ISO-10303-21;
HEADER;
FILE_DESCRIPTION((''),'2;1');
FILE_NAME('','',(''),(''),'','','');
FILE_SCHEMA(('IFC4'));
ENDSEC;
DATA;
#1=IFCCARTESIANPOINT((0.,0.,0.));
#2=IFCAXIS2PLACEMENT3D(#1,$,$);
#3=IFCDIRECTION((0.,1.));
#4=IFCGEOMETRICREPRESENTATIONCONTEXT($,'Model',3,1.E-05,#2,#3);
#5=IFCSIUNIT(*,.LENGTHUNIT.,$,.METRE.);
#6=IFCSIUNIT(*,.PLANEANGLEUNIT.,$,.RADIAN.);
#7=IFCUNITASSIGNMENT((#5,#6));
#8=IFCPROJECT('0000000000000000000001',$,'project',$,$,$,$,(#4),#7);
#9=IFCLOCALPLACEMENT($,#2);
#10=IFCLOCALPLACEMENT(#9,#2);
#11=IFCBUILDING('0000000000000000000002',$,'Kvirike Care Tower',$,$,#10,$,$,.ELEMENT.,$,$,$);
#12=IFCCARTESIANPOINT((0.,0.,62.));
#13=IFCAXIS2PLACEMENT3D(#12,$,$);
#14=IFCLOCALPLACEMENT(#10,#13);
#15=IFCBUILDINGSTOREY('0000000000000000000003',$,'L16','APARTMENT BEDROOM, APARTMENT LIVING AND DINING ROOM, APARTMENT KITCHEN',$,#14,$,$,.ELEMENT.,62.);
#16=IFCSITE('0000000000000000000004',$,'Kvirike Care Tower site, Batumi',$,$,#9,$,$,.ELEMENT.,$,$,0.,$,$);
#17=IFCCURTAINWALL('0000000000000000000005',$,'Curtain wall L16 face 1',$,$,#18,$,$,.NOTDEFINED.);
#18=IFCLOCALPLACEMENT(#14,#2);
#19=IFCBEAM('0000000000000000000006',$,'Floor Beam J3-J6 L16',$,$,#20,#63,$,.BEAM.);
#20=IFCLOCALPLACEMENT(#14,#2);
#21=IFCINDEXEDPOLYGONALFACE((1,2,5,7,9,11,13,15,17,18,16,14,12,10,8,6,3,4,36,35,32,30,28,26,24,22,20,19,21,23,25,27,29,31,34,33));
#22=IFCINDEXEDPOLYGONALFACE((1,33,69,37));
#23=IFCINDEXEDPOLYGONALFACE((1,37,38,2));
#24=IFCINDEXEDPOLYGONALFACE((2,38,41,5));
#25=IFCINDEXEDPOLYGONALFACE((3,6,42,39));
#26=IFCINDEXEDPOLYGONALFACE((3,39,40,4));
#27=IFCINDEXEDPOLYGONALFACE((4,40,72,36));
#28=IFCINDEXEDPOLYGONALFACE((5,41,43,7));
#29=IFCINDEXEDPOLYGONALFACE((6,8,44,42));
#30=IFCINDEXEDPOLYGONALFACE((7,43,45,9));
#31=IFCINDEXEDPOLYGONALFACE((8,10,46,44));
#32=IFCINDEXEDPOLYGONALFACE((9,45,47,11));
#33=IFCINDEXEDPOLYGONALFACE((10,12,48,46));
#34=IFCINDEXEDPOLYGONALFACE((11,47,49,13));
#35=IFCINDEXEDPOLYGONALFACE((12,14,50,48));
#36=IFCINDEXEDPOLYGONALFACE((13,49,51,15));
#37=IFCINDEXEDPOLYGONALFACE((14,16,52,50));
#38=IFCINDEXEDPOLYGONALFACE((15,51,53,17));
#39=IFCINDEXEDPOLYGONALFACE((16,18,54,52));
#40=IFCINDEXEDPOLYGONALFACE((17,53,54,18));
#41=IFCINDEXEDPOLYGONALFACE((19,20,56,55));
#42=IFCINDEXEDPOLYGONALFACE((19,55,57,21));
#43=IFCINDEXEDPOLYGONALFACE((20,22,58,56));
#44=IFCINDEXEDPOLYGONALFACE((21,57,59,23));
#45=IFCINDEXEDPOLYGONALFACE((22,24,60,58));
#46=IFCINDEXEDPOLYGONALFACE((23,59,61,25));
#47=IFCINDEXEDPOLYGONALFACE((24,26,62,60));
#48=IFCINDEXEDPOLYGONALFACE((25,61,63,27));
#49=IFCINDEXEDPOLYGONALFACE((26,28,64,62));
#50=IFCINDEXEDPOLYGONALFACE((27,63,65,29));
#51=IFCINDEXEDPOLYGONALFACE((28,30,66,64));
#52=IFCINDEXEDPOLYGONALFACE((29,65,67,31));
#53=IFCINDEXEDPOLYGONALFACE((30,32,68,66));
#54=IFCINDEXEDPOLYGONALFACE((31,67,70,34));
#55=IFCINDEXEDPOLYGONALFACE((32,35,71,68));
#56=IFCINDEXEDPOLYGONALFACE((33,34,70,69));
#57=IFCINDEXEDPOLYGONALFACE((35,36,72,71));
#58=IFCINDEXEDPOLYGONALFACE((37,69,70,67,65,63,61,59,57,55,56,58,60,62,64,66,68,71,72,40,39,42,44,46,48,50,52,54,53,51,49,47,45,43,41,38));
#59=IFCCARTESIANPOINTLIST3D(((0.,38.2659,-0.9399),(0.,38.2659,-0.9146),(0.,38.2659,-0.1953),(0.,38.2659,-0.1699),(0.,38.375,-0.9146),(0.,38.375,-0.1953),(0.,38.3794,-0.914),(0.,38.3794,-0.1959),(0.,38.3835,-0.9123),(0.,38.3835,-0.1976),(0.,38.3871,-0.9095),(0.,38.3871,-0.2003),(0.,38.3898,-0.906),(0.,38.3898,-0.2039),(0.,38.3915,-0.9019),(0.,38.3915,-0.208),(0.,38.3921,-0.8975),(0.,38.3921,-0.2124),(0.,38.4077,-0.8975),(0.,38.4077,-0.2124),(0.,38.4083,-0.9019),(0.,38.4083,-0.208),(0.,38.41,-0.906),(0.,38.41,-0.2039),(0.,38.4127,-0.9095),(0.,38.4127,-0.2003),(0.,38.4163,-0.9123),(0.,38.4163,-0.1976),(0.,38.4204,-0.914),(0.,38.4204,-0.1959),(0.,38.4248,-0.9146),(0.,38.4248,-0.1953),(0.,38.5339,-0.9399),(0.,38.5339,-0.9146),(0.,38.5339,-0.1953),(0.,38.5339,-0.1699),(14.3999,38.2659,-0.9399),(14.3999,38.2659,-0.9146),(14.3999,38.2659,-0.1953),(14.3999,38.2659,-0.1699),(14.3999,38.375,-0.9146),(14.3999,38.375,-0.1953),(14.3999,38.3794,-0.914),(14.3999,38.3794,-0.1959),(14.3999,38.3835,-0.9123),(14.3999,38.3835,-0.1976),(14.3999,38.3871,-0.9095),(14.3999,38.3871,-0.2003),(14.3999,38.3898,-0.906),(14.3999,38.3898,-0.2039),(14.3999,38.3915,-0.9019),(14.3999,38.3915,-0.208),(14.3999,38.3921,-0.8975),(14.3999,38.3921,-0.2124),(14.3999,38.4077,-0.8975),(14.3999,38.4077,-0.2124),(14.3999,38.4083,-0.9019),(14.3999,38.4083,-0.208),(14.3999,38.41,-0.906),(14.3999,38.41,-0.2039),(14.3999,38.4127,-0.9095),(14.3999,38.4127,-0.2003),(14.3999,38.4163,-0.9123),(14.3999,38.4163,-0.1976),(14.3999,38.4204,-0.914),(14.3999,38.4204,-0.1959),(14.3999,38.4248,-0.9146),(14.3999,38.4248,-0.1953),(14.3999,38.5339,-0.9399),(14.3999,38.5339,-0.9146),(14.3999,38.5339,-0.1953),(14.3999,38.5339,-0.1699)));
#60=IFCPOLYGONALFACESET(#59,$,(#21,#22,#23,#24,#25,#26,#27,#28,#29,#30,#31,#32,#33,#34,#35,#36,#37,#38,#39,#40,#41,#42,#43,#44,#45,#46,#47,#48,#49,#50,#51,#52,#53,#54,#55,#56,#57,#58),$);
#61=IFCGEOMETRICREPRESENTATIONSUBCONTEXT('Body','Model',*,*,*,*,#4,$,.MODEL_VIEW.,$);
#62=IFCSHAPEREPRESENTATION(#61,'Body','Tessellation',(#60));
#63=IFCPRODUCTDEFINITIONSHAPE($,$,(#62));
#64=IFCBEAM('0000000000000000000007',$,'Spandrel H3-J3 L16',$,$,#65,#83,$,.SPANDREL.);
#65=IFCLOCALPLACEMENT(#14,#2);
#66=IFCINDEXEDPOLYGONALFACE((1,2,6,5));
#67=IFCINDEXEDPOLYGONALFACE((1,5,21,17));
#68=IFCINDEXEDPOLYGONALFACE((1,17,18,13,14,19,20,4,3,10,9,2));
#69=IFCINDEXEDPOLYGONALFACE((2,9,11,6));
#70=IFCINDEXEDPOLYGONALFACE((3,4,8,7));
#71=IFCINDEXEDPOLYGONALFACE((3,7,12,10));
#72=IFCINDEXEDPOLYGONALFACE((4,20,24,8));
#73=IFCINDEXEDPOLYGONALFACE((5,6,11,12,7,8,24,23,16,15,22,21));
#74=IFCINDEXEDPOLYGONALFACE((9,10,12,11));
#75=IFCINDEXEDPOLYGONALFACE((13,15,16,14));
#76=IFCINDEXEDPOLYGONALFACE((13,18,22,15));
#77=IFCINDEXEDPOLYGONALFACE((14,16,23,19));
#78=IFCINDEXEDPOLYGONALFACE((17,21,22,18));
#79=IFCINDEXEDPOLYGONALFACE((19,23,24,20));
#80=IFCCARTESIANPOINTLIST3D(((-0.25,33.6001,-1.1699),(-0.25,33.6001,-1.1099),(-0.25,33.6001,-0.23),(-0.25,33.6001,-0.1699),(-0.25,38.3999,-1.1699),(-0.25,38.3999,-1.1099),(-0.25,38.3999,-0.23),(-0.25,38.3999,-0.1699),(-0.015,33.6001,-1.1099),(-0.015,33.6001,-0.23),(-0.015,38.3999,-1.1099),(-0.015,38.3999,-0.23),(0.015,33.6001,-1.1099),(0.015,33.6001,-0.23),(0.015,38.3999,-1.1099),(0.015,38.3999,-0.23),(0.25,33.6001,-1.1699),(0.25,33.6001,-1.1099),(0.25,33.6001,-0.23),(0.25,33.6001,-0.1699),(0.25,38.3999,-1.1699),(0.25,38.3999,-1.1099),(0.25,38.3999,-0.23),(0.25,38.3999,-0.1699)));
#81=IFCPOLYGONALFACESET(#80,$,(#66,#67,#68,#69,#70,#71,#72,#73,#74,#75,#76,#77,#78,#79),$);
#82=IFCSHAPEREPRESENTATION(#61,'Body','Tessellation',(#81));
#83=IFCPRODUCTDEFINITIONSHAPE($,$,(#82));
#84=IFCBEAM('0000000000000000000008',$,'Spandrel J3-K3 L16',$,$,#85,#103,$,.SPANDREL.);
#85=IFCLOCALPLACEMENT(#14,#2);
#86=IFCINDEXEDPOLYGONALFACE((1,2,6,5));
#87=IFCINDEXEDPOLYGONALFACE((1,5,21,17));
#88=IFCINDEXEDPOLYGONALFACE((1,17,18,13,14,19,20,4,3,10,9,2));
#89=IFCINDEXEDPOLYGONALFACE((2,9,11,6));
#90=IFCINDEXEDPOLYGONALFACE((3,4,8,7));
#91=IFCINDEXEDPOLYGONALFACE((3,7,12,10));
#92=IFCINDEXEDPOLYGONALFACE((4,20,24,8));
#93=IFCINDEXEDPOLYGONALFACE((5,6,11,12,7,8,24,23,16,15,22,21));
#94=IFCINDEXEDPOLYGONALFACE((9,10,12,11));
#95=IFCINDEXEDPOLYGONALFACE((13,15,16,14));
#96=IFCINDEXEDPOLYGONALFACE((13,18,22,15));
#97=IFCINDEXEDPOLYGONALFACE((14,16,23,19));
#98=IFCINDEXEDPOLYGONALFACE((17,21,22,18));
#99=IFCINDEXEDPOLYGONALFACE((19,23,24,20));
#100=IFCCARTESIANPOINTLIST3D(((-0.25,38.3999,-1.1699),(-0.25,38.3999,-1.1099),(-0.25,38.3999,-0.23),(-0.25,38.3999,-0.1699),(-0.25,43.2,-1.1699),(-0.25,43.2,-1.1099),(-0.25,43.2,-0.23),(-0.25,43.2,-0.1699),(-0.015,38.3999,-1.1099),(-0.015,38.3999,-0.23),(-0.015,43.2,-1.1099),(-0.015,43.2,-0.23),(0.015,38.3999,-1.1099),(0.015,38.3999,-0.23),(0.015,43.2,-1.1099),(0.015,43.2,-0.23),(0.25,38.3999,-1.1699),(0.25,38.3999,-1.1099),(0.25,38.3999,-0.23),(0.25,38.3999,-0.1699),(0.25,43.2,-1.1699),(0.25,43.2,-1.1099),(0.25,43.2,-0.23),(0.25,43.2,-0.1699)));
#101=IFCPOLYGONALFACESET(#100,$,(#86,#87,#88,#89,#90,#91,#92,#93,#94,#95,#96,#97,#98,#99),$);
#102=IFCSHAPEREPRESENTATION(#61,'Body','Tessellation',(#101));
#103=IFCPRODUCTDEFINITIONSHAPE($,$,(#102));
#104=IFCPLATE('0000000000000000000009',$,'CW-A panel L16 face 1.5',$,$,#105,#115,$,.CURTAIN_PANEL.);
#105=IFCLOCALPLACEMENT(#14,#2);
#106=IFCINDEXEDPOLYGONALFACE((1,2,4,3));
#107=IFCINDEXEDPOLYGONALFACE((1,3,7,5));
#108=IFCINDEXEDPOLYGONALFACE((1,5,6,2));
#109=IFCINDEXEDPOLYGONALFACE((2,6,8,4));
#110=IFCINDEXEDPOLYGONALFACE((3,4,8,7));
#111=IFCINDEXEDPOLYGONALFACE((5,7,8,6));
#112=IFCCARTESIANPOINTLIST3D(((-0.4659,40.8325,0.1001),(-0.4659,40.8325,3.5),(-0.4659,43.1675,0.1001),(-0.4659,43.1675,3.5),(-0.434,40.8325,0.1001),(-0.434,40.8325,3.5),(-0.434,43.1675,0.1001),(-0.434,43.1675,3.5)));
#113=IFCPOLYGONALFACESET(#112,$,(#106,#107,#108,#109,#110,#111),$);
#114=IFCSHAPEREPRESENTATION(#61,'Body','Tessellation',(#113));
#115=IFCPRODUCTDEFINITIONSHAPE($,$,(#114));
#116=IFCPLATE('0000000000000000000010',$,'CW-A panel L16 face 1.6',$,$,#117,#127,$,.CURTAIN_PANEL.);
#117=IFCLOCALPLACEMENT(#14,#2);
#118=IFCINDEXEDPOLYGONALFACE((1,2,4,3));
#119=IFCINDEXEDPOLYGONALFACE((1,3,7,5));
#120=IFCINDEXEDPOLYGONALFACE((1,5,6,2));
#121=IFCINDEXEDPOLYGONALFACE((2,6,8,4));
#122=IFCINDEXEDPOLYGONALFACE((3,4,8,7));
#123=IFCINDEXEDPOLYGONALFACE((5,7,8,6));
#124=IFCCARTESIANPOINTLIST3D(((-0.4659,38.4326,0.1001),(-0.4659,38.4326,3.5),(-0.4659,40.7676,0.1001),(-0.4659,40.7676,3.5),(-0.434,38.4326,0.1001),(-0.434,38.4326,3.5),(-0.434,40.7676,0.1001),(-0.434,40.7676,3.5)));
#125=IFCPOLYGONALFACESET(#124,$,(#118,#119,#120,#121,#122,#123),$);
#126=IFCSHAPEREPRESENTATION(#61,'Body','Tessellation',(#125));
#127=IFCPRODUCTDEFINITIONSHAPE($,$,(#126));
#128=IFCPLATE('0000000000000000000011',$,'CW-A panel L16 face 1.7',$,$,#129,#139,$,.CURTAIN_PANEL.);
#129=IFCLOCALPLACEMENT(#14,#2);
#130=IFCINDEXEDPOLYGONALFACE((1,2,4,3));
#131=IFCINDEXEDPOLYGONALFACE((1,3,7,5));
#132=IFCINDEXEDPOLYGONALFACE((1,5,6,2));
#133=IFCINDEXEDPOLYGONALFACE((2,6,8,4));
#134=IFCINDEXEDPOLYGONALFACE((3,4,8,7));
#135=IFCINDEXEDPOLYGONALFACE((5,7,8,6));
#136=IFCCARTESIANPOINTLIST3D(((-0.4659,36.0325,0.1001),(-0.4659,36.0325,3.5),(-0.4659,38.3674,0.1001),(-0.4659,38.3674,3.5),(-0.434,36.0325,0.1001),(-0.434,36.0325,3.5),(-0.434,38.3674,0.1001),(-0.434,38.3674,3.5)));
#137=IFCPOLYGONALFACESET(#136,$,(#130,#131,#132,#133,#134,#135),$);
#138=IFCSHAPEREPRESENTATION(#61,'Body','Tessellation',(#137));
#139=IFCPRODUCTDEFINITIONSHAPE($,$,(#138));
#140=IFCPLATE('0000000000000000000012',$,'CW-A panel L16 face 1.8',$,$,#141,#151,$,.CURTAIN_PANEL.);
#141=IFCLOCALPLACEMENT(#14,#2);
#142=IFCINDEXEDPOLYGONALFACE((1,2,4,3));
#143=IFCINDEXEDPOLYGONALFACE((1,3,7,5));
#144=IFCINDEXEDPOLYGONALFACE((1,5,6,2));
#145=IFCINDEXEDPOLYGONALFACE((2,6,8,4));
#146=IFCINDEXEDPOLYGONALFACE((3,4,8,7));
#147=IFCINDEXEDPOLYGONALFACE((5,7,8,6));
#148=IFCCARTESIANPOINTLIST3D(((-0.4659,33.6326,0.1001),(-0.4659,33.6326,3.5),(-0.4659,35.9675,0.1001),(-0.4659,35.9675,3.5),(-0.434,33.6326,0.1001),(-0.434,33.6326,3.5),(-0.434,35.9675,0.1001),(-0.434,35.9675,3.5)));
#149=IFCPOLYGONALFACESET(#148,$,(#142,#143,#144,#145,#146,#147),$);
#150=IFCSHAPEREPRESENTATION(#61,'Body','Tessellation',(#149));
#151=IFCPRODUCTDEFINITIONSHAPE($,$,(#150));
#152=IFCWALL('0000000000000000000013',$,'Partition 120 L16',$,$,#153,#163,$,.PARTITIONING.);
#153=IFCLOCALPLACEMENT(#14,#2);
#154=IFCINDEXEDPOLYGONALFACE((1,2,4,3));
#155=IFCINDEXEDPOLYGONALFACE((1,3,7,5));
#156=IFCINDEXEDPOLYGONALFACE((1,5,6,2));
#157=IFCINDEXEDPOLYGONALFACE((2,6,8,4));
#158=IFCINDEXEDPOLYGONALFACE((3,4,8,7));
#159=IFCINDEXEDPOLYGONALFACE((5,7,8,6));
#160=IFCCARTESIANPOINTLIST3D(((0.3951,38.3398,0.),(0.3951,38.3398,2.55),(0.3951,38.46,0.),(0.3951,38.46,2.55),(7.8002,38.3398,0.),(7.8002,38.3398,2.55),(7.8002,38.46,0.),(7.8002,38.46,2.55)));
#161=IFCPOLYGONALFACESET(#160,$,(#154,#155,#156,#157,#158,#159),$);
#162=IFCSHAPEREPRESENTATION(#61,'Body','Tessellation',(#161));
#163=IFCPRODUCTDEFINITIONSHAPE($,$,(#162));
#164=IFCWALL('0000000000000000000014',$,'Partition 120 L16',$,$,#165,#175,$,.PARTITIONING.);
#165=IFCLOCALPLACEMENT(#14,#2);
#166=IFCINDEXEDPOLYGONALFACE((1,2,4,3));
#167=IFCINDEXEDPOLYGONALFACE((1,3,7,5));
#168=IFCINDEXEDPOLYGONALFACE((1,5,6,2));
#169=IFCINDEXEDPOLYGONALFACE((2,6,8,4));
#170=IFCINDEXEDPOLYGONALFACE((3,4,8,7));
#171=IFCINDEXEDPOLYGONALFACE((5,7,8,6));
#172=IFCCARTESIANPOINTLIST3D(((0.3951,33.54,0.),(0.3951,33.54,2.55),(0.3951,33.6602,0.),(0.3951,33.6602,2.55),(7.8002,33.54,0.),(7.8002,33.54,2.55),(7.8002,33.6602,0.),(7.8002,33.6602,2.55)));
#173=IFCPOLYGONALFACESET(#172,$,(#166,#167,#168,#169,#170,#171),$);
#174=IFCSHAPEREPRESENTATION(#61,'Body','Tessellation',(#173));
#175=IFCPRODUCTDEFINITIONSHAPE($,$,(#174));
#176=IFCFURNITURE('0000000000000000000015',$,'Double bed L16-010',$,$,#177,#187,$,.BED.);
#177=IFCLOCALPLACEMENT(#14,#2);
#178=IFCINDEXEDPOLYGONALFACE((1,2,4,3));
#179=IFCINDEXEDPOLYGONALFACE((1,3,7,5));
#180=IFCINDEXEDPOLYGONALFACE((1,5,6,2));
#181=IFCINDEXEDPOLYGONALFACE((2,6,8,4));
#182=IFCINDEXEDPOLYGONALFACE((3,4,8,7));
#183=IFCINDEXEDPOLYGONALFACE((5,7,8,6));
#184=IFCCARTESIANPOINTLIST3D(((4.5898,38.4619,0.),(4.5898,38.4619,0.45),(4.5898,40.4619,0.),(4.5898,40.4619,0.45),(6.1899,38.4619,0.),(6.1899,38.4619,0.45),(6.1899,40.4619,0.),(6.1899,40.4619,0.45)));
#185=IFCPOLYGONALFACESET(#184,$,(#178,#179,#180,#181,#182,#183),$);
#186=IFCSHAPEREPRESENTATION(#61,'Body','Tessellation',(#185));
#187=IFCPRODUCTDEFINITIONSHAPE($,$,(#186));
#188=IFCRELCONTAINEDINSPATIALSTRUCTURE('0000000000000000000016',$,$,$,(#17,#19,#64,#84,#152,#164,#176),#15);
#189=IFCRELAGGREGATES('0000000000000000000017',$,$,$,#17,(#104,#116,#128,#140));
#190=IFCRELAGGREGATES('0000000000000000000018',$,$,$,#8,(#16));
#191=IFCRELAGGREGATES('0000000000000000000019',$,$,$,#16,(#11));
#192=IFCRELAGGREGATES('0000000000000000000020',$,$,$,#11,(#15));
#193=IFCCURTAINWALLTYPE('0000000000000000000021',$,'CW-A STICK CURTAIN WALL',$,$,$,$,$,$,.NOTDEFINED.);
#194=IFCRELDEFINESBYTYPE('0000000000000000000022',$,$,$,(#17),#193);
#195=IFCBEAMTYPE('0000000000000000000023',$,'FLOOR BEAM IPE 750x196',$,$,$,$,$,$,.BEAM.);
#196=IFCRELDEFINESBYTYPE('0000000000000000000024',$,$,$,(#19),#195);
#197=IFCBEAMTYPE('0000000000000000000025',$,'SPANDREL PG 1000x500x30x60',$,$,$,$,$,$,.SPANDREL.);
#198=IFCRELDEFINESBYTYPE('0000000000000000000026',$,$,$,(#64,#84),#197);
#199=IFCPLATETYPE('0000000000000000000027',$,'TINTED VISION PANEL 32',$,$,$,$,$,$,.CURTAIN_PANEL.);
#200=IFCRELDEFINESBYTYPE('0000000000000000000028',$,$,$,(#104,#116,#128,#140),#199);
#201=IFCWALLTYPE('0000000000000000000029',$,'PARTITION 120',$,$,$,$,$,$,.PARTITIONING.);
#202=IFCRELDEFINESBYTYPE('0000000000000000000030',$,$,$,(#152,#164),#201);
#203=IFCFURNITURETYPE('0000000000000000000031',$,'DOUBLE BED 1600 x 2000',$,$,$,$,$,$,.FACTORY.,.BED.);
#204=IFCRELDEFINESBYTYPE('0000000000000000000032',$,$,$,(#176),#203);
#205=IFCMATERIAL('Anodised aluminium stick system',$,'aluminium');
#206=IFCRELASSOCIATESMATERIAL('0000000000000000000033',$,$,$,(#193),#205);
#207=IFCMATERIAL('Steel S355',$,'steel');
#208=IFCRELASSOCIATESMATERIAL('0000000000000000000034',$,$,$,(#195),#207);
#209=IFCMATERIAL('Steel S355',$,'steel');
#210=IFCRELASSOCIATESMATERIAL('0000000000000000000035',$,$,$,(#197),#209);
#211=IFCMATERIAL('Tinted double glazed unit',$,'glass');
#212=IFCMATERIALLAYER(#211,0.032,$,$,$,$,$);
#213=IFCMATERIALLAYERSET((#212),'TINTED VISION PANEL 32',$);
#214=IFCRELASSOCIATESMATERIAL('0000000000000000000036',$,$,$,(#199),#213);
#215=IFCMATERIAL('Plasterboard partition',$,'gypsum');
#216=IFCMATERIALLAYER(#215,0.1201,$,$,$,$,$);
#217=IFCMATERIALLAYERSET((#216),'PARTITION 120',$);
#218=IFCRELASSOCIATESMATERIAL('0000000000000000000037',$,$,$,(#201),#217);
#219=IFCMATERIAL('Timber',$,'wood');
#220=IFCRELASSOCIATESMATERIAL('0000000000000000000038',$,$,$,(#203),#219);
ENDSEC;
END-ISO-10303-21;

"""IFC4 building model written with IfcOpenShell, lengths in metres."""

from ifc_helpers import new_model, si_unit, direction, frame, frame_2d, origin, origin_2d, place, context, subcontext, project, spatial, rectangle, i_section, extrude, material, layer, layer_set, material_profile, profile_set, type_object, element, aggregate, save


model = new_model("IFC4")

# Units and contexts
model_context = context("Model", 3, precision=1e-05, world=origin(), true_north=direction((0.0, 1.0)))
body_context = subcontext(model_context, "Body", "Model", "MODEL_VIEW")
ifc_project = project(units=[si_unit("LENGTHUNIT", "METRE"), si_unit("PLANEANGLEUNIT", "RADIAN")], contexts=[model_context])

# Site, building, storey
site_placement = place(None, origin())
site = spatial("IfcSite", under=ifc_project, at=site_placement, Name="Kvirike Care Tower site, Batumi", CompositionType="ELEMENT", RefElevation=0.0)
building_placement = place(site_placement, origin())
building = spatial("IfcBuilding", under=site, at=building_placement, Name="Kvirike Care Tower", CompositionType="ELEMENT")
storey_placement = place(building_placement, frame((0.0, 0.0, 62.0)))
storey = spatial("IfcBuildingStorey", under=building, at=storey_placement, Name="L16", Description="APARTMENT BEDROOM, APARTMENT LIVING AND DINING ROOM, APARTMENT KITCHEN", CompositionType="ELEMENT", Elevation=62.0)

# Curtain wall
ifc_material_1 = material(Name="Anodised aluminium stick system", Category="aluminium")
curtain_wall_type = type_object("IfcCurtainWallType", Name="CW-A STICK CURTAIN WALL", PredefinedType="NOTDEFINED", material=ifc_material_1)
curtain_wall_placement = place(storey_placement, origin())
curtain_wall = element("IfcCurtainWall", 1, at=curtain_wall_placement, inside=storey, type_object=curtain_wall_type, Name="Curtain wall L16 face 1", PredefinedType="NOTDEFINED")

# Beams
ifc_material_2 = material(Name="Steel S355", Category="steel")
ifc_material_profile_1 = material_profile(ifc_material_2, i_section(OverallWidth=0.2681, OverallDepth=0.77, WebThickness=0.0156, FlangeThickness=0.0254, FilletRadius=0.0171, at=origin_2d()), Name="IPE 750x196")
ifc_profile_set_1 = profile_set([ifc_material_profile_1], Name="Steel S355")
beam_type_1 = type_object("IfcBeamType", Name="FLOOR BEAM IPE 750x196", PredefinedType="BEAM", material=ifc_profile_set_1)
beam_1_placement = place(storey_placement, frame((0.0, 38.3999, -0.5549), z_axis=(1.0, 0.0, 0.0), x_axis=(0.0, 1.0, 0.0)))
element("IfcBeam", 2, at=beam_1_placement, inside=storey, type_object=beam_type_1, Name="Floor Beam J3-J6 L16", PredefinedType="BEAM", context=body_context, shape_type="SweptSolid", body=[
    extrude(i_section(OverallWidth=0.2681, OverallDepth=0.77, WebThickness=0.0156, FlangeThickness=0.0254, FilletRadius=0.0171, at=origin_2d()), origin(), (0.0, 0.0, 1.0), 14.3999),
])
ifc_material_3 = material(Name="Steel S355", Category="steel")
ifc_material_profile_2 = material_profile(ifc_material_3, i_section(OverallWidth=0.5, OverallDepth=1.0, WebThickness=0.03, FlangeThickness=0.0601, at=origin_2d()), Name="PG 1000x500x30x60")
ifc_profile_set_2 = profile_set([ifc_material_profile_2], Name="Steel S355")
beam_type_2 = type_object("IfcBeamType", Name="SPANDREL PG 1000x500x30x60", PredefinedType="SPANDREL", material=ifc_profile_set_2)
beam_2_placement = place(storey_placement, frame((0.0, 33.6001, -0.6699), z_axis=(0.0, 1.0, 0.0), x_axis=(-1.0, 0.0, 0.0)))
element("IfcBeam", 3, at=beam_2_placement, inside=storey, type_object=beam_type_2, Name="Spandrel H3-J3 L16", PredefinedType="SPANDREL", context=body_context, shape_type="SweptSolid", body=[
    extrude(i_section(OverallWidth=0.5, OverallDepth=1.0, WebThickness=0.03, FlangeThickness=0.0601, at=origin_2d()), origin(), (0.0, 0.0, 1.0), 4.7998),
])
beam_3_placement = place(storey_placement, frame((0.0, 38.3999, -0.6699), z_axis=(0.0, 1.0, 0.0), x_axis=(-1.0, 0.0, 0.0)))
element("IfcBeam", 4, at=beam_3_placement, inside=storey, type_object=beam_type_2, Name="Spandrel J3-K3 L16", PredefinedType="SPANDREL", context=body_context, shape_type="SweptSolid", body=[
    extrude(i_section(OverallWidth=0.5, OverallDepth=1.0, WebThickness=0.03, FlangeThickness=0.0601, at=origin_2d()), origin(), (0.0, 0.0, 1.0), 4.8),
])

# Plates
ifc_material_4 = material(Name="Tinted double glazed unit", Category="glass")
ifc_layer_1 = layer(ifc_material_4, 0.032)
ifc_layer_set_1 = layer_set([ifc_layer_1], Name="TINTED VISION PANEL 32")
plate_type = type_object("IfcPlateType", Name="TINTED VISION PANEL 32", PredefinedType="CURTAIN_PANEL", material=ifc_layer_set_1)
plate_1_placement = place(storey_placement, frame((-0.45, 42.0, 0.1001), z_axis=(0.0, 0.0, 1.0), x_axis=(0.0, -1.0, 0.0)))
plate_1 = element("IfcPlate", 5, at=plate_1_placement, type_object=plate_type, Name="CW-A panel L16 face 1.5", PredefinedType="CURTAIN_PANEL", context=body_context, shape_type="SweptSolid", body=[
    extrude(rectangle(XDim=2.335, YDim=0.032, at=origin_2d()), origin(), (0.0, 0.0, 1.0), 3.3999),
])
plate_2_placement = place(storey_placement, frame((-0.45, 39.6001, 0.1001), z_axis=(0.0, 0.0, 1.0), x_axis=(0.0, -1.0, 0.0)))
plate_2 = element("IfcPlate", 6, at=plate_2_placement, type_object=plate_type, Name="CW-A panel L16 face 1.6", PredefinedType="CURTAIN_PANEL", context=body_context, shape_type="SweptSolid", body=[
    extrude(rectangle(XDim=2.335, YDim=0.032, at=origin_2d()), origin(), (0.0, 0.0, 1.0), 3.3999),
])
plate_3_placement = place(storey_placement, frame((-0.45, 37.2, 0.1001), z_axis=(0.0, 0.0, 1.0), x_axis=(0.0, -1.0, 0.0)))
plate_3 = element("IfcPlate", 7, at=plate_3_placement, type_object=plate_type, Name="CW-A panel L16 face 1.7", PredefinedType="CURTAIN_PANEL", context=body_context, shape_type="SweptSolid", body=[
    extrude(rectangle(XDim=2.335, YDim=0.032, at=origin_2d()), origin(), (0.0, 0.0, 1.0), 3.3999),
])
plate_4_placement = place(storey_placement, frame((-0.45, 34.8, 0.1001), z_axis=(0.0, 0.0, 1.0), x_axis=(0.0, -1.0, 0.0)))
plate_4 = element("IfcPlate", 8, at=plate_4_placement, type_object=plate_type, Name="CW-A panel L16 face 1.8", PredefinedType="CURTAIN_PANEL", context=body_context, shape_type="SweptSolid", body=[
    extrude(rectangle(XDim=2.335, YDim=0.032, at=origin_2d()), origin(), (0.0, 0.0, 1.0), 3.3999),
])
aggregate(curtain_wall, [plate_1, plate_2, plate_3, plate_4])

# Walls
ifc_material_5 = material(Name="Plasterboard partition", Category="gypsum")
ifc_layer_2 = layer(ifc_material_5, 0.1201)
ifc_layer_set_2 = layer_set([ifc_layer_2], Name="PARTITION 120")
wall_type = type_object("IfcWallType", Name="PARTITION 120", PredefinedType="PARTITIONING", material=ifc_layer_set_2)
for number, where, z_axis, x_axis, name in (
    (9, (0.395, 38.3999, 0.0), (0.0, 0.0, 1.0), (1.0, 0.0, 0.0), "Partition 120 L16"),
    (10, (0.395, 33.6001, 0.0), (0.0, 0.0, 1.0), (1.0, 0.0, 0.0), "Partition 120 L16"),
):
    element("IfcWall", number, at=place(storey_placement, frame(where, z_axis=z_axis, x_axis=x_axis)), inside=storey, type_object=wall_type, Name=name, PredefinedType="PARTITIONING", context=body_context, shape_type="SweptSolid", body=[
        extrude(rectangle(XDim=7.405, YDim=0.1201, at=frame_2d((3.7026, 0.0))), origin(), (0.0, 0.0, 1.0), 2.55),
    ])

# Furniture
ifc_material_6 = material(Name="Timber", Category="wood")
furniture_type = type_object("IfcFurnitureType", Name="DOUBLE BED 1600 x 2000", AssemblyPlace="FACTORY", PredefinedType="BED", material=ifc_material_6)
furniture_placement = place(storey_placement, frame((5.3899, 39.4619, 0.0), z_axis=(0.0, 0.0, 1.0), x_axis=(-1.0, 0.0, 0.0)))
element("IfcFurniture", 11, at=furniture_placement, inside=storey, type_object=furniture_type, Name="Double bed L16-010", PredefinedType="BED", context=body_context, shape_type="SweptSolid", body=[
    extrude(rectangle(XDim=1.6001, YDim=2.0, at=origin_2d()), origin(), (0.0, 0.0, 1.0), 0.45),
])

save(model, "model.ifc")
